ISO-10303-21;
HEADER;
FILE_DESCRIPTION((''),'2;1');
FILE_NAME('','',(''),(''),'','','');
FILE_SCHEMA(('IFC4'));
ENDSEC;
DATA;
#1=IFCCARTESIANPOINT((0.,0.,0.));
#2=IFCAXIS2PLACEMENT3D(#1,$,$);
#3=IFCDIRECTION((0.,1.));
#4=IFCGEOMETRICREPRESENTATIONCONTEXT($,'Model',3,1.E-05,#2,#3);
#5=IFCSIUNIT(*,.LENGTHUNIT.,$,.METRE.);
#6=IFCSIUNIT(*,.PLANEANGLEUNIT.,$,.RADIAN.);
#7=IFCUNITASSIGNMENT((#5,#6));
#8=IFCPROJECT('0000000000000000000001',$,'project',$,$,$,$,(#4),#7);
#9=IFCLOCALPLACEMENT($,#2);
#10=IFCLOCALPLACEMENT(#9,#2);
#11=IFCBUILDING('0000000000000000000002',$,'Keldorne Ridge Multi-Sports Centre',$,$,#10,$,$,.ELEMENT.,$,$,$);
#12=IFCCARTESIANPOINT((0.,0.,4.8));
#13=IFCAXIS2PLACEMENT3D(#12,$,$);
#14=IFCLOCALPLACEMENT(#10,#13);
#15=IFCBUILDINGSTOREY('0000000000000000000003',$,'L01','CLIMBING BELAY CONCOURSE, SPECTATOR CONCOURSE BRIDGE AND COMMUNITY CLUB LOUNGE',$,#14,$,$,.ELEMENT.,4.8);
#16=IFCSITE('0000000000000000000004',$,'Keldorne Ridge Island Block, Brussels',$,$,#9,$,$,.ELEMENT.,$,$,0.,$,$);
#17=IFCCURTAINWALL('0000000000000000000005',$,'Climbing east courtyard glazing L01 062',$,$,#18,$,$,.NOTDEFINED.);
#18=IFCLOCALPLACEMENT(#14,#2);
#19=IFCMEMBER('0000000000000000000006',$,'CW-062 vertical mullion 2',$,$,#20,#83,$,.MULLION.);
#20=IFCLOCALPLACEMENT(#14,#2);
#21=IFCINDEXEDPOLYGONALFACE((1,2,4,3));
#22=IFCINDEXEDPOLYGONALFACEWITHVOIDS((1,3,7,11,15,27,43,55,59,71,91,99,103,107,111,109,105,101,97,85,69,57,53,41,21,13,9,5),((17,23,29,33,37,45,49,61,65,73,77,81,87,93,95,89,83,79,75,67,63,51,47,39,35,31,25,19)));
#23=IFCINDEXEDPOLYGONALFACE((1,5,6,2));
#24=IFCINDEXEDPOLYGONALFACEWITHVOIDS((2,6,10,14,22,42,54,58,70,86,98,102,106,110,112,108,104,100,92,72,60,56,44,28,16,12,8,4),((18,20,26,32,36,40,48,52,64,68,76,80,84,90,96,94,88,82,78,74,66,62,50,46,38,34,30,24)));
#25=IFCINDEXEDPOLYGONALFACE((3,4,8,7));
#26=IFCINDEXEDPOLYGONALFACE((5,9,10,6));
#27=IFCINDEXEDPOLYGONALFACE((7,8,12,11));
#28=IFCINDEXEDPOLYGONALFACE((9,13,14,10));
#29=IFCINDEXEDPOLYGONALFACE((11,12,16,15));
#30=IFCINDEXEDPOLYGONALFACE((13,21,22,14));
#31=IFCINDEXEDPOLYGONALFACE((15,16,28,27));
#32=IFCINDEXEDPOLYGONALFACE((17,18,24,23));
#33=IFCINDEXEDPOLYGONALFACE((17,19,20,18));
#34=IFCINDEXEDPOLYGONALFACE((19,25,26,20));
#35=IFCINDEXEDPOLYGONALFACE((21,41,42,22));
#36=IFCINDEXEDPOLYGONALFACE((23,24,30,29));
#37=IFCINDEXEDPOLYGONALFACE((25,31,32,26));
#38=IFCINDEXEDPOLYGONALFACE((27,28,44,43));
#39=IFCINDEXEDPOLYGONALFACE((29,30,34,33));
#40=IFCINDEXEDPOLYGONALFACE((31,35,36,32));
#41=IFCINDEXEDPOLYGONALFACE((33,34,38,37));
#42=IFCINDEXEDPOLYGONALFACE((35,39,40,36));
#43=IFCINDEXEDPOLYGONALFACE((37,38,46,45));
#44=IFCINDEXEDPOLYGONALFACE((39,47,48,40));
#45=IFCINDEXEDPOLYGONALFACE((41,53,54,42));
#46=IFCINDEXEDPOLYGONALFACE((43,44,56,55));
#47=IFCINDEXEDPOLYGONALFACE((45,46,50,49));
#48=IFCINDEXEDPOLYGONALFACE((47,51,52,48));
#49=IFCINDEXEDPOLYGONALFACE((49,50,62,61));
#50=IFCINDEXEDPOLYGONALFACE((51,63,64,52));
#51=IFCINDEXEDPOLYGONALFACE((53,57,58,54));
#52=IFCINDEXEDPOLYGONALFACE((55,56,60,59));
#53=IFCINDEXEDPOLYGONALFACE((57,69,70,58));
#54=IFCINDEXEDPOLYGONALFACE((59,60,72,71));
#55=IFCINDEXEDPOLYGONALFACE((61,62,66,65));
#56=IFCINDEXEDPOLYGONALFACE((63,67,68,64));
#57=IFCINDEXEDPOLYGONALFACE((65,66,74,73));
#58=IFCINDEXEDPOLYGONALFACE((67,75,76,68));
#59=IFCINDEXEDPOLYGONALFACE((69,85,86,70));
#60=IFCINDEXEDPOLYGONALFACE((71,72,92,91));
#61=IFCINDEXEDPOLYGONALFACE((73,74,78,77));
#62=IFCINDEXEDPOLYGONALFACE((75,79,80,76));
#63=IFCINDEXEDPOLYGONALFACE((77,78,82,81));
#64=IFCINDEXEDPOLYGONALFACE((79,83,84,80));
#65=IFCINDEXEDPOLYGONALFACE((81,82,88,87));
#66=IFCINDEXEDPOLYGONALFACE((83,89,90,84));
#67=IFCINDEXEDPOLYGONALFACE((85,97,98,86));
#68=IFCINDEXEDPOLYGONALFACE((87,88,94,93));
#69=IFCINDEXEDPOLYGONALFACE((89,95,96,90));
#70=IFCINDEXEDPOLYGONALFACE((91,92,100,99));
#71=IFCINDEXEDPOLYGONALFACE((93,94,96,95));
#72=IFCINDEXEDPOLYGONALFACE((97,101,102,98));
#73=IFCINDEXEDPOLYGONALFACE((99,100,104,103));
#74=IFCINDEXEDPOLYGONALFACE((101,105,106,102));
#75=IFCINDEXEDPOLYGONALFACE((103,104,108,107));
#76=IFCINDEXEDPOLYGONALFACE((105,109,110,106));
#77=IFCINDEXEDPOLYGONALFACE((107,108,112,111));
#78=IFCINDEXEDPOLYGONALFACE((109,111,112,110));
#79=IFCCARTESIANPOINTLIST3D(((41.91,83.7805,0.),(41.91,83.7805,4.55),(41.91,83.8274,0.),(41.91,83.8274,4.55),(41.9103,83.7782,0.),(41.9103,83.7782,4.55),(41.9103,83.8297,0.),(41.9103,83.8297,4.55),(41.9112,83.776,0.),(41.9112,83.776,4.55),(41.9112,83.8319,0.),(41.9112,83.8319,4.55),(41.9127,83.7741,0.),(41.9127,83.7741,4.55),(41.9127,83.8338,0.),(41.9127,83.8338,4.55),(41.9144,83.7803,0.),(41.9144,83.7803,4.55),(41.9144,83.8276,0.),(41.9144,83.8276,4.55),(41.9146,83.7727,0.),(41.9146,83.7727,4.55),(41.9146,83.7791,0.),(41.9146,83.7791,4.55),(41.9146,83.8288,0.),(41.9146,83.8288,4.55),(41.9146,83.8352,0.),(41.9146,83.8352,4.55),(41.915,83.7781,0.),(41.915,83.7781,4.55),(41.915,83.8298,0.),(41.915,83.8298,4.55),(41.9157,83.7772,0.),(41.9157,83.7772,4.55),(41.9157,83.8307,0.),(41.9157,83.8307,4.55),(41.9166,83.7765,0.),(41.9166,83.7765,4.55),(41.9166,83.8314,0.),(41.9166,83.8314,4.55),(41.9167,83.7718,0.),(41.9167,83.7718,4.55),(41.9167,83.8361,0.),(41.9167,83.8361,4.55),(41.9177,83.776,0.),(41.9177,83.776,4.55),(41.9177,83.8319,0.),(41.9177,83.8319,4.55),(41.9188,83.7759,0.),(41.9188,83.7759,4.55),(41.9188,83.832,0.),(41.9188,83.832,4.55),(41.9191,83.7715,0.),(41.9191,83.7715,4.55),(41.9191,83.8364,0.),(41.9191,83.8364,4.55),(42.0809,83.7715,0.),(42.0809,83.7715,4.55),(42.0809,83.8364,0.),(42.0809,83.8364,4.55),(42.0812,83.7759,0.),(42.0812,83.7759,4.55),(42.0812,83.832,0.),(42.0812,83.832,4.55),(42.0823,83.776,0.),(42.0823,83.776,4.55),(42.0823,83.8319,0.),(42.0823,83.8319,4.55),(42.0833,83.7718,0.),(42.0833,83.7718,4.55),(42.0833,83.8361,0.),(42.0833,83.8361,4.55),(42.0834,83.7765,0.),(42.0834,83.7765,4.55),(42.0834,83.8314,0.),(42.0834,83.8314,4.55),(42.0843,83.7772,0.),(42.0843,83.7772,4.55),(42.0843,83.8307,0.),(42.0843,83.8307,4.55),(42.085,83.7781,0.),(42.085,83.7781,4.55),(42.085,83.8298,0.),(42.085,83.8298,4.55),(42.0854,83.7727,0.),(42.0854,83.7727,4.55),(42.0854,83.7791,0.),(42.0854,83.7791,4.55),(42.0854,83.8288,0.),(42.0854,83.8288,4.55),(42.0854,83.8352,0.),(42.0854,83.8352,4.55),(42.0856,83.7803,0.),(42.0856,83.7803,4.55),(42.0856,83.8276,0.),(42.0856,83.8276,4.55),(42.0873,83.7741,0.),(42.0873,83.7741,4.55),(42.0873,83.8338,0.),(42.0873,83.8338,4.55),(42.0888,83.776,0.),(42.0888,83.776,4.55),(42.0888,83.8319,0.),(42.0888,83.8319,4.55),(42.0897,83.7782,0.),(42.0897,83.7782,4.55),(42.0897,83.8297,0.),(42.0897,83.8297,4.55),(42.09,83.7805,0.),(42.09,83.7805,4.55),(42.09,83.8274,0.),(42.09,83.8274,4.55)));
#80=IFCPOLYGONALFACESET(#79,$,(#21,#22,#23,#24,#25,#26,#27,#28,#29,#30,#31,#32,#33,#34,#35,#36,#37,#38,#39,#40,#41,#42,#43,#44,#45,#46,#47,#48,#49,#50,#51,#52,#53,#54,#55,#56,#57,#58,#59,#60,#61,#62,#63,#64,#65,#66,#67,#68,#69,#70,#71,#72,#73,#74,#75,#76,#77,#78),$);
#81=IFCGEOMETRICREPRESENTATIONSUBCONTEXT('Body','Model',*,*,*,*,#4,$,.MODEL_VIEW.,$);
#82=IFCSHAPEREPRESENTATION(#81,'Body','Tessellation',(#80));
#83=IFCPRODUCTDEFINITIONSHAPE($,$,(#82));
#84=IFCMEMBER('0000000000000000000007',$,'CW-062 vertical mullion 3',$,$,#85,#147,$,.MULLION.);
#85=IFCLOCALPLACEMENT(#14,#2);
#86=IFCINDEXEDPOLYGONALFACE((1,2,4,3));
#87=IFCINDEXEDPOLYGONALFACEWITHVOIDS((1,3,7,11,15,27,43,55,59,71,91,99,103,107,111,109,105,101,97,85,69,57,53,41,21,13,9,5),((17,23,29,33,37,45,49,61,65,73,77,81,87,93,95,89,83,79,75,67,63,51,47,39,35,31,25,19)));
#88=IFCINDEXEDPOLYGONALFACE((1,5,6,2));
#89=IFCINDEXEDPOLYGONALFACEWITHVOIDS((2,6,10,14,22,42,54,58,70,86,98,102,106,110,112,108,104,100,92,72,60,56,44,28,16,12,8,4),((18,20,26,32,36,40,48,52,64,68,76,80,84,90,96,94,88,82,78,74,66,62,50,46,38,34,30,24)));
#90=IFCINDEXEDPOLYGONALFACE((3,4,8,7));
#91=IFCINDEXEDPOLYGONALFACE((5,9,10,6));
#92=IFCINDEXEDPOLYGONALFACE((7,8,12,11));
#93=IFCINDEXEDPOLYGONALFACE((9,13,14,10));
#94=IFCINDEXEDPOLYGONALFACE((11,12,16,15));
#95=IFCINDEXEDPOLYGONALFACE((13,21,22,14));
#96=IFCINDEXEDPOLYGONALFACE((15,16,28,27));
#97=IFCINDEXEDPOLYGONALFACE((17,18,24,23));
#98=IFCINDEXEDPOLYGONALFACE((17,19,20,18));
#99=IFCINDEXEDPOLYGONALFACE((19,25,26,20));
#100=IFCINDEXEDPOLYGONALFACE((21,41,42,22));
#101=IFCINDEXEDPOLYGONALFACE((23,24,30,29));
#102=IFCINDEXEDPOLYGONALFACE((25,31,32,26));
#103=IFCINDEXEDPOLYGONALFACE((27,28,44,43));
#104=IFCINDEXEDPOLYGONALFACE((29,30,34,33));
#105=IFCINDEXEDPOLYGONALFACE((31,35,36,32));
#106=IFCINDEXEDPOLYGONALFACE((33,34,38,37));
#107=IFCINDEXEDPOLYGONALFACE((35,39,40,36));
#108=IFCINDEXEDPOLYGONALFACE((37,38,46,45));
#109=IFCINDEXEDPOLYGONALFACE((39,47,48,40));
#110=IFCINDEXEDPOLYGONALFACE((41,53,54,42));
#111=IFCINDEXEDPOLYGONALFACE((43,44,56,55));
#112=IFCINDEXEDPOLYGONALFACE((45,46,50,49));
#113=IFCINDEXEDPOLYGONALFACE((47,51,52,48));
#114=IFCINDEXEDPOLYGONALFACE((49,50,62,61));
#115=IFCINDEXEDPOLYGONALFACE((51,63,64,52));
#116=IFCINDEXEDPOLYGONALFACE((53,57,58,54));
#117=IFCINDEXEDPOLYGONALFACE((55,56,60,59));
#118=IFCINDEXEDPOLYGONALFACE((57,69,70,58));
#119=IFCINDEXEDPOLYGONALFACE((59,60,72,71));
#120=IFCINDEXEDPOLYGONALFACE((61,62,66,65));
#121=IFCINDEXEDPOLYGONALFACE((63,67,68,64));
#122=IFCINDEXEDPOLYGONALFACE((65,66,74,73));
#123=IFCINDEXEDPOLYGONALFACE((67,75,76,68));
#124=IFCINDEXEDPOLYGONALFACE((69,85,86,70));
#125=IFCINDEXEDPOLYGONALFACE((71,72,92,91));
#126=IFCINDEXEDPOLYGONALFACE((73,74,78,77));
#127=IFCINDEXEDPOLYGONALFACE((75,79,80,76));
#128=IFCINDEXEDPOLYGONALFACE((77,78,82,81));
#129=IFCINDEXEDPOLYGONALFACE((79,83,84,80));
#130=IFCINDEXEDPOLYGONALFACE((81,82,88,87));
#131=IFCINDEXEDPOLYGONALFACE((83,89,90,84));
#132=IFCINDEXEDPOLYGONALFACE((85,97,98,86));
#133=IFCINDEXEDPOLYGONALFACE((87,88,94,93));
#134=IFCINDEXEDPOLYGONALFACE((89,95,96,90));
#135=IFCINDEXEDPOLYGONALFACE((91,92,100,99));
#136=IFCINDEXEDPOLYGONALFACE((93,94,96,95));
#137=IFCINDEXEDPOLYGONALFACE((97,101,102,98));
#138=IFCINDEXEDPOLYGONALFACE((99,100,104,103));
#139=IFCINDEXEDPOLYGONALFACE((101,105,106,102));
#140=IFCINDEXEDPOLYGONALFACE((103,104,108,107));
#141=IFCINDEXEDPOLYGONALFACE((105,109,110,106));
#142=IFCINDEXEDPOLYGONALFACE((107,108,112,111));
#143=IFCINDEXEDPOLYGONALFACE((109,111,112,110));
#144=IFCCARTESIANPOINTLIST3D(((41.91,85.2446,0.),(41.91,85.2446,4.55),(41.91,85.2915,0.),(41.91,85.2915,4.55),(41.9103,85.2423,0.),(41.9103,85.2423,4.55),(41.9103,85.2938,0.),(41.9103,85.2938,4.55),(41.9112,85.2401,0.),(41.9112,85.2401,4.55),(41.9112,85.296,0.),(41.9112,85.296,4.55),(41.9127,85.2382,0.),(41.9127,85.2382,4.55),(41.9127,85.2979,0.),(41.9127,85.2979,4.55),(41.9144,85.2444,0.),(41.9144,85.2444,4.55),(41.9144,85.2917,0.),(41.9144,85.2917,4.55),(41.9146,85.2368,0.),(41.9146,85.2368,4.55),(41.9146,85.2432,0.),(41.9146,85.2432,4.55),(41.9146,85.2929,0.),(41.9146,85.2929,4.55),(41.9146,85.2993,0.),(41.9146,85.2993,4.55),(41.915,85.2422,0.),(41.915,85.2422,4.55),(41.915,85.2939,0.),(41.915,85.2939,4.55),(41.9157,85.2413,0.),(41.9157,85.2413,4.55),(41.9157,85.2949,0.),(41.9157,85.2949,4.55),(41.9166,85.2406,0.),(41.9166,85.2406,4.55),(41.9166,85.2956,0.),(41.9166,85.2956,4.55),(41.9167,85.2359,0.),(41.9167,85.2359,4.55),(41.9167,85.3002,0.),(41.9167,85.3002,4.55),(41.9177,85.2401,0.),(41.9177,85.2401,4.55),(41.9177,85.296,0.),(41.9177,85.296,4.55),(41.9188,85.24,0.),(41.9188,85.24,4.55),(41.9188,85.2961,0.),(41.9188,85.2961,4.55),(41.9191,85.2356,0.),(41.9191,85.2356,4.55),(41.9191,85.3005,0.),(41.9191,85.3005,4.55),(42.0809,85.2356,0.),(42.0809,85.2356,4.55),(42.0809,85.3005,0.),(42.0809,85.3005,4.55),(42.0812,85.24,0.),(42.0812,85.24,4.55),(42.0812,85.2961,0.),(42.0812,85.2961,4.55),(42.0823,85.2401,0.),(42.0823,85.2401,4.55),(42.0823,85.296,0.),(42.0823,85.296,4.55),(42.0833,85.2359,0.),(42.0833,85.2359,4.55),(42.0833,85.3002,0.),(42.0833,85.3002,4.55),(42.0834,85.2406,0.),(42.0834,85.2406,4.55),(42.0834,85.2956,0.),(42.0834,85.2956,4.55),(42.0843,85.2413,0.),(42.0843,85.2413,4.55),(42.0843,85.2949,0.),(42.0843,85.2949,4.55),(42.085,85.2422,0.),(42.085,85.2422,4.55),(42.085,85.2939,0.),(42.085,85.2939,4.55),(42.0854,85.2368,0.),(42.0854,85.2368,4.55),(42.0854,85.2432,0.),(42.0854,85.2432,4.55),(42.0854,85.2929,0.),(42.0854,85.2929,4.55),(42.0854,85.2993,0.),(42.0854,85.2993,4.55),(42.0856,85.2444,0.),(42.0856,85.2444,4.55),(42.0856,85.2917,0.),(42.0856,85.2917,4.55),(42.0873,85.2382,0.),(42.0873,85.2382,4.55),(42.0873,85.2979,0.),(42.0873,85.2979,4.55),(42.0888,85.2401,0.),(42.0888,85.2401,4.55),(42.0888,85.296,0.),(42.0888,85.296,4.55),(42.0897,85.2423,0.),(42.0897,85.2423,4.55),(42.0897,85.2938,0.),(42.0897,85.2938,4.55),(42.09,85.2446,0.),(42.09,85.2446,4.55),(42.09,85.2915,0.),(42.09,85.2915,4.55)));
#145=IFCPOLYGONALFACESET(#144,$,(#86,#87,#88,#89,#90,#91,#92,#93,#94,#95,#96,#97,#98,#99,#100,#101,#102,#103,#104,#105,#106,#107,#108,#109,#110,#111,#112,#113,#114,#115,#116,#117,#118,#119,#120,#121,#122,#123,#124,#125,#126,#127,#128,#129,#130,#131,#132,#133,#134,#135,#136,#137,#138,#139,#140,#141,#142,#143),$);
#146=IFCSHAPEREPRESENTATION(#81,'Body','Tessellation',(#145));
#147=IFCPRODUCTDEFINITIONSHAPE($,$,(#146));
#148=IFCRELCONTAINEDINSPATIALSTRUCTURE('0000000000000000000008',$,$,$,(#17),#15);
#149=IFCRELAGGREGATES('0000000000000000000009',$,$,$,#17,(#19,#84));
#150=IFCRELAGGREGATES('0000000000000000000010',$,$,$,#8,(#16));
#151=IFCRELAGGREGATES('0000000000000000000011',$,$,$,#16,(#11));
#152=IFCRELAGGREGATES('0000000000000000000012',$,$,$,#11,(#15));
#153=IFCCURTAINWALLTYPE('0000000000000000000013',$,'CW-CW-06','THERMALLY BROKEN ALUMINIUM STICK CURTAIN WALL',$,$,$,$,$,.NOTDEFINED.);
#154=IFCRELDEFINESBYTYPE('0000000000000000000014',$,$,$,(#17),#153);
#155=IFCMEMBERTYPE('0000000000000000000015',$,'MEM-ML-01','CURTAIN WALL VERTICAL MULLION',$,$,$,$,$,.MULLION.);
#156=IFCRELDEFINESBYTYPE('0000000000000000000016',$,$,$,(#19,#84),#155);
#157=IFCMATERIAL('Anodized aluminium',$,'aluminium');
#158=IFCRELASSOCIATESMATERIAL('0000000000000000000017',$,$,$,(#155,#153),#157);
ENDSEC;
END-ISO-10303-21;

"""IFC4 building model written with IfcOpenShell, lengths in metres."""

from ifc_helpers import new_model, si_unit, direction, frame, origin, origin_2d, place, context, subcontext, project, spatial, hollow_rectangle, extrude, material, material_profile, profile_set, type_object, element, aggregate, save


model = new_model("IFC4")

# Units and contexts
model_context = context("Model", 3, precision=1e-05, world=origin(), true_north=direction((0.0, 1.0)))
body_context = subcontext(model_context, "Body", "Model", "MODEL_VIEW")
ifc_project = project(units=[si_unit("LENGTHUNIT", "METRE"), si_unit("PLANEANGLEUNIT", "RADIAN")], contexts=[model_context])

# Site, building, storey
site_placement = place(None, origin())
site = spatial("IfcSite", under=ifc_project, at=site_placement, Name="Keldorne Ridge Island Block, Brussels", CompositionType="ELEMENT", RefElevation=0.0)
building_placement = place(site_placement, origin())
building = spatial("IfcBuilding", under=site, at=building_placement, Name="Keldorne Ridge Multi-Sports Centre", CompositionType="ELEMENT")
storey_placement = place(building_placement, frame((0.0, 0.0, 4.8)))
storey = spatial("IfcBuildingStorey", under=building, at=storey_placement, Name="L01", Description="CLIMBING BELAY CONCOURSE, SPECTATOR CONCOURSE BRIDGE AND COMMUNITY CLUB LOUNGE", CompositionType="ELEMENT", Elevation=4.8)

# Curtain wall, members
ifc_material_1 = material(Name="Anodized aluminium", Category="aluminium")
ifc_material_profile_1 = material_profile(ifc_material_1, hollow_rectangle(XDim=0.0649, YDim=0.1799, WallThickness=0.0044, InnerFilletRadius=0.0044, OuterFilletRadius=0.009, at=origin_2d()), Name="ALU MULLION 180x65x4.5")
ifc_profile_set_1 = profile_set([ifc_material_profile_1], Name="Anodized aluminium")
member_type_1 = type_object("IfcMemberType", Name="MEM-ML-01", Description="CURTAIN WALL VERTICAL MULLION", PredefinedType="MULLION", material=ifc_profile_set_1)
curtain_wall_type_1 = type_object("IfcCurtainWallType", Name="CW-CW-06", Description="THERMALLY BROKEN ALUMINIUM STICK CURTAIN WALL", PredefinedType="NOTDEFINED", material=ifc_material_1)
curtain_wall_1_placement = place(storey_placement, origin())
curtain_wall_1 = element("IfcCurtainWall", 1, at=curtain_wall_1_placement, inside=storey, type_object=curtain_wall_type_1, Name="Climbing east courtyard glazing L01 062", PredefinedType="NOTDEFINED")
member_1_placement = place(storey_placement, frame((42.0, 83.804, 0.0), z_axis=(0.0, 0.0, 1.0), x_axis=(0.0, 1.0, 0.0)))
member_1 = element("IfcMember", 2, at=member_1_placement, type_object=member_type_1, Name="CW-062 vertical mullion 2", PredefinedType="MULLION", context=body_context, shape_type="SweptSolid", body=[
    extrude(hollow_rectangle(XDim=0.0649, YDim=0.1799, WallThickness=0.0044, InnerFilletRadius=0.0044, OuterFilletRadius=0.009, at=origin_2d()), origin(), (0.0, 0.0, 1.0), 4.55),
])
member_2_placement = place(storey_placement, frame((42.0, 85.2681, 0.0), z_axis=(0.0, 0.0, 1.0), x_axis=(0.0, 1.0, 0.0)))
member_2 = element("IfcMember", 3, at=member_2_placement, type_object=member_type_1, Name="CW-062 vertical mullion 3", PredefinedType="MULLION", context=body_context, shape_type="SweptSolid", body=[
    extrude(hollow_rectangle(XDim=0.0649, YDim=0.1799, WallThickness=0.0044, InnerFilletRadius=0.0044, OuterFilletRadius=0.009, at=origin_2d()), origin(), (0.0, 0.0, 1.0), 4.55),
])

aggregate(curtain_wall_1, [member_1, member_2])

save(model, "model.ifc")
